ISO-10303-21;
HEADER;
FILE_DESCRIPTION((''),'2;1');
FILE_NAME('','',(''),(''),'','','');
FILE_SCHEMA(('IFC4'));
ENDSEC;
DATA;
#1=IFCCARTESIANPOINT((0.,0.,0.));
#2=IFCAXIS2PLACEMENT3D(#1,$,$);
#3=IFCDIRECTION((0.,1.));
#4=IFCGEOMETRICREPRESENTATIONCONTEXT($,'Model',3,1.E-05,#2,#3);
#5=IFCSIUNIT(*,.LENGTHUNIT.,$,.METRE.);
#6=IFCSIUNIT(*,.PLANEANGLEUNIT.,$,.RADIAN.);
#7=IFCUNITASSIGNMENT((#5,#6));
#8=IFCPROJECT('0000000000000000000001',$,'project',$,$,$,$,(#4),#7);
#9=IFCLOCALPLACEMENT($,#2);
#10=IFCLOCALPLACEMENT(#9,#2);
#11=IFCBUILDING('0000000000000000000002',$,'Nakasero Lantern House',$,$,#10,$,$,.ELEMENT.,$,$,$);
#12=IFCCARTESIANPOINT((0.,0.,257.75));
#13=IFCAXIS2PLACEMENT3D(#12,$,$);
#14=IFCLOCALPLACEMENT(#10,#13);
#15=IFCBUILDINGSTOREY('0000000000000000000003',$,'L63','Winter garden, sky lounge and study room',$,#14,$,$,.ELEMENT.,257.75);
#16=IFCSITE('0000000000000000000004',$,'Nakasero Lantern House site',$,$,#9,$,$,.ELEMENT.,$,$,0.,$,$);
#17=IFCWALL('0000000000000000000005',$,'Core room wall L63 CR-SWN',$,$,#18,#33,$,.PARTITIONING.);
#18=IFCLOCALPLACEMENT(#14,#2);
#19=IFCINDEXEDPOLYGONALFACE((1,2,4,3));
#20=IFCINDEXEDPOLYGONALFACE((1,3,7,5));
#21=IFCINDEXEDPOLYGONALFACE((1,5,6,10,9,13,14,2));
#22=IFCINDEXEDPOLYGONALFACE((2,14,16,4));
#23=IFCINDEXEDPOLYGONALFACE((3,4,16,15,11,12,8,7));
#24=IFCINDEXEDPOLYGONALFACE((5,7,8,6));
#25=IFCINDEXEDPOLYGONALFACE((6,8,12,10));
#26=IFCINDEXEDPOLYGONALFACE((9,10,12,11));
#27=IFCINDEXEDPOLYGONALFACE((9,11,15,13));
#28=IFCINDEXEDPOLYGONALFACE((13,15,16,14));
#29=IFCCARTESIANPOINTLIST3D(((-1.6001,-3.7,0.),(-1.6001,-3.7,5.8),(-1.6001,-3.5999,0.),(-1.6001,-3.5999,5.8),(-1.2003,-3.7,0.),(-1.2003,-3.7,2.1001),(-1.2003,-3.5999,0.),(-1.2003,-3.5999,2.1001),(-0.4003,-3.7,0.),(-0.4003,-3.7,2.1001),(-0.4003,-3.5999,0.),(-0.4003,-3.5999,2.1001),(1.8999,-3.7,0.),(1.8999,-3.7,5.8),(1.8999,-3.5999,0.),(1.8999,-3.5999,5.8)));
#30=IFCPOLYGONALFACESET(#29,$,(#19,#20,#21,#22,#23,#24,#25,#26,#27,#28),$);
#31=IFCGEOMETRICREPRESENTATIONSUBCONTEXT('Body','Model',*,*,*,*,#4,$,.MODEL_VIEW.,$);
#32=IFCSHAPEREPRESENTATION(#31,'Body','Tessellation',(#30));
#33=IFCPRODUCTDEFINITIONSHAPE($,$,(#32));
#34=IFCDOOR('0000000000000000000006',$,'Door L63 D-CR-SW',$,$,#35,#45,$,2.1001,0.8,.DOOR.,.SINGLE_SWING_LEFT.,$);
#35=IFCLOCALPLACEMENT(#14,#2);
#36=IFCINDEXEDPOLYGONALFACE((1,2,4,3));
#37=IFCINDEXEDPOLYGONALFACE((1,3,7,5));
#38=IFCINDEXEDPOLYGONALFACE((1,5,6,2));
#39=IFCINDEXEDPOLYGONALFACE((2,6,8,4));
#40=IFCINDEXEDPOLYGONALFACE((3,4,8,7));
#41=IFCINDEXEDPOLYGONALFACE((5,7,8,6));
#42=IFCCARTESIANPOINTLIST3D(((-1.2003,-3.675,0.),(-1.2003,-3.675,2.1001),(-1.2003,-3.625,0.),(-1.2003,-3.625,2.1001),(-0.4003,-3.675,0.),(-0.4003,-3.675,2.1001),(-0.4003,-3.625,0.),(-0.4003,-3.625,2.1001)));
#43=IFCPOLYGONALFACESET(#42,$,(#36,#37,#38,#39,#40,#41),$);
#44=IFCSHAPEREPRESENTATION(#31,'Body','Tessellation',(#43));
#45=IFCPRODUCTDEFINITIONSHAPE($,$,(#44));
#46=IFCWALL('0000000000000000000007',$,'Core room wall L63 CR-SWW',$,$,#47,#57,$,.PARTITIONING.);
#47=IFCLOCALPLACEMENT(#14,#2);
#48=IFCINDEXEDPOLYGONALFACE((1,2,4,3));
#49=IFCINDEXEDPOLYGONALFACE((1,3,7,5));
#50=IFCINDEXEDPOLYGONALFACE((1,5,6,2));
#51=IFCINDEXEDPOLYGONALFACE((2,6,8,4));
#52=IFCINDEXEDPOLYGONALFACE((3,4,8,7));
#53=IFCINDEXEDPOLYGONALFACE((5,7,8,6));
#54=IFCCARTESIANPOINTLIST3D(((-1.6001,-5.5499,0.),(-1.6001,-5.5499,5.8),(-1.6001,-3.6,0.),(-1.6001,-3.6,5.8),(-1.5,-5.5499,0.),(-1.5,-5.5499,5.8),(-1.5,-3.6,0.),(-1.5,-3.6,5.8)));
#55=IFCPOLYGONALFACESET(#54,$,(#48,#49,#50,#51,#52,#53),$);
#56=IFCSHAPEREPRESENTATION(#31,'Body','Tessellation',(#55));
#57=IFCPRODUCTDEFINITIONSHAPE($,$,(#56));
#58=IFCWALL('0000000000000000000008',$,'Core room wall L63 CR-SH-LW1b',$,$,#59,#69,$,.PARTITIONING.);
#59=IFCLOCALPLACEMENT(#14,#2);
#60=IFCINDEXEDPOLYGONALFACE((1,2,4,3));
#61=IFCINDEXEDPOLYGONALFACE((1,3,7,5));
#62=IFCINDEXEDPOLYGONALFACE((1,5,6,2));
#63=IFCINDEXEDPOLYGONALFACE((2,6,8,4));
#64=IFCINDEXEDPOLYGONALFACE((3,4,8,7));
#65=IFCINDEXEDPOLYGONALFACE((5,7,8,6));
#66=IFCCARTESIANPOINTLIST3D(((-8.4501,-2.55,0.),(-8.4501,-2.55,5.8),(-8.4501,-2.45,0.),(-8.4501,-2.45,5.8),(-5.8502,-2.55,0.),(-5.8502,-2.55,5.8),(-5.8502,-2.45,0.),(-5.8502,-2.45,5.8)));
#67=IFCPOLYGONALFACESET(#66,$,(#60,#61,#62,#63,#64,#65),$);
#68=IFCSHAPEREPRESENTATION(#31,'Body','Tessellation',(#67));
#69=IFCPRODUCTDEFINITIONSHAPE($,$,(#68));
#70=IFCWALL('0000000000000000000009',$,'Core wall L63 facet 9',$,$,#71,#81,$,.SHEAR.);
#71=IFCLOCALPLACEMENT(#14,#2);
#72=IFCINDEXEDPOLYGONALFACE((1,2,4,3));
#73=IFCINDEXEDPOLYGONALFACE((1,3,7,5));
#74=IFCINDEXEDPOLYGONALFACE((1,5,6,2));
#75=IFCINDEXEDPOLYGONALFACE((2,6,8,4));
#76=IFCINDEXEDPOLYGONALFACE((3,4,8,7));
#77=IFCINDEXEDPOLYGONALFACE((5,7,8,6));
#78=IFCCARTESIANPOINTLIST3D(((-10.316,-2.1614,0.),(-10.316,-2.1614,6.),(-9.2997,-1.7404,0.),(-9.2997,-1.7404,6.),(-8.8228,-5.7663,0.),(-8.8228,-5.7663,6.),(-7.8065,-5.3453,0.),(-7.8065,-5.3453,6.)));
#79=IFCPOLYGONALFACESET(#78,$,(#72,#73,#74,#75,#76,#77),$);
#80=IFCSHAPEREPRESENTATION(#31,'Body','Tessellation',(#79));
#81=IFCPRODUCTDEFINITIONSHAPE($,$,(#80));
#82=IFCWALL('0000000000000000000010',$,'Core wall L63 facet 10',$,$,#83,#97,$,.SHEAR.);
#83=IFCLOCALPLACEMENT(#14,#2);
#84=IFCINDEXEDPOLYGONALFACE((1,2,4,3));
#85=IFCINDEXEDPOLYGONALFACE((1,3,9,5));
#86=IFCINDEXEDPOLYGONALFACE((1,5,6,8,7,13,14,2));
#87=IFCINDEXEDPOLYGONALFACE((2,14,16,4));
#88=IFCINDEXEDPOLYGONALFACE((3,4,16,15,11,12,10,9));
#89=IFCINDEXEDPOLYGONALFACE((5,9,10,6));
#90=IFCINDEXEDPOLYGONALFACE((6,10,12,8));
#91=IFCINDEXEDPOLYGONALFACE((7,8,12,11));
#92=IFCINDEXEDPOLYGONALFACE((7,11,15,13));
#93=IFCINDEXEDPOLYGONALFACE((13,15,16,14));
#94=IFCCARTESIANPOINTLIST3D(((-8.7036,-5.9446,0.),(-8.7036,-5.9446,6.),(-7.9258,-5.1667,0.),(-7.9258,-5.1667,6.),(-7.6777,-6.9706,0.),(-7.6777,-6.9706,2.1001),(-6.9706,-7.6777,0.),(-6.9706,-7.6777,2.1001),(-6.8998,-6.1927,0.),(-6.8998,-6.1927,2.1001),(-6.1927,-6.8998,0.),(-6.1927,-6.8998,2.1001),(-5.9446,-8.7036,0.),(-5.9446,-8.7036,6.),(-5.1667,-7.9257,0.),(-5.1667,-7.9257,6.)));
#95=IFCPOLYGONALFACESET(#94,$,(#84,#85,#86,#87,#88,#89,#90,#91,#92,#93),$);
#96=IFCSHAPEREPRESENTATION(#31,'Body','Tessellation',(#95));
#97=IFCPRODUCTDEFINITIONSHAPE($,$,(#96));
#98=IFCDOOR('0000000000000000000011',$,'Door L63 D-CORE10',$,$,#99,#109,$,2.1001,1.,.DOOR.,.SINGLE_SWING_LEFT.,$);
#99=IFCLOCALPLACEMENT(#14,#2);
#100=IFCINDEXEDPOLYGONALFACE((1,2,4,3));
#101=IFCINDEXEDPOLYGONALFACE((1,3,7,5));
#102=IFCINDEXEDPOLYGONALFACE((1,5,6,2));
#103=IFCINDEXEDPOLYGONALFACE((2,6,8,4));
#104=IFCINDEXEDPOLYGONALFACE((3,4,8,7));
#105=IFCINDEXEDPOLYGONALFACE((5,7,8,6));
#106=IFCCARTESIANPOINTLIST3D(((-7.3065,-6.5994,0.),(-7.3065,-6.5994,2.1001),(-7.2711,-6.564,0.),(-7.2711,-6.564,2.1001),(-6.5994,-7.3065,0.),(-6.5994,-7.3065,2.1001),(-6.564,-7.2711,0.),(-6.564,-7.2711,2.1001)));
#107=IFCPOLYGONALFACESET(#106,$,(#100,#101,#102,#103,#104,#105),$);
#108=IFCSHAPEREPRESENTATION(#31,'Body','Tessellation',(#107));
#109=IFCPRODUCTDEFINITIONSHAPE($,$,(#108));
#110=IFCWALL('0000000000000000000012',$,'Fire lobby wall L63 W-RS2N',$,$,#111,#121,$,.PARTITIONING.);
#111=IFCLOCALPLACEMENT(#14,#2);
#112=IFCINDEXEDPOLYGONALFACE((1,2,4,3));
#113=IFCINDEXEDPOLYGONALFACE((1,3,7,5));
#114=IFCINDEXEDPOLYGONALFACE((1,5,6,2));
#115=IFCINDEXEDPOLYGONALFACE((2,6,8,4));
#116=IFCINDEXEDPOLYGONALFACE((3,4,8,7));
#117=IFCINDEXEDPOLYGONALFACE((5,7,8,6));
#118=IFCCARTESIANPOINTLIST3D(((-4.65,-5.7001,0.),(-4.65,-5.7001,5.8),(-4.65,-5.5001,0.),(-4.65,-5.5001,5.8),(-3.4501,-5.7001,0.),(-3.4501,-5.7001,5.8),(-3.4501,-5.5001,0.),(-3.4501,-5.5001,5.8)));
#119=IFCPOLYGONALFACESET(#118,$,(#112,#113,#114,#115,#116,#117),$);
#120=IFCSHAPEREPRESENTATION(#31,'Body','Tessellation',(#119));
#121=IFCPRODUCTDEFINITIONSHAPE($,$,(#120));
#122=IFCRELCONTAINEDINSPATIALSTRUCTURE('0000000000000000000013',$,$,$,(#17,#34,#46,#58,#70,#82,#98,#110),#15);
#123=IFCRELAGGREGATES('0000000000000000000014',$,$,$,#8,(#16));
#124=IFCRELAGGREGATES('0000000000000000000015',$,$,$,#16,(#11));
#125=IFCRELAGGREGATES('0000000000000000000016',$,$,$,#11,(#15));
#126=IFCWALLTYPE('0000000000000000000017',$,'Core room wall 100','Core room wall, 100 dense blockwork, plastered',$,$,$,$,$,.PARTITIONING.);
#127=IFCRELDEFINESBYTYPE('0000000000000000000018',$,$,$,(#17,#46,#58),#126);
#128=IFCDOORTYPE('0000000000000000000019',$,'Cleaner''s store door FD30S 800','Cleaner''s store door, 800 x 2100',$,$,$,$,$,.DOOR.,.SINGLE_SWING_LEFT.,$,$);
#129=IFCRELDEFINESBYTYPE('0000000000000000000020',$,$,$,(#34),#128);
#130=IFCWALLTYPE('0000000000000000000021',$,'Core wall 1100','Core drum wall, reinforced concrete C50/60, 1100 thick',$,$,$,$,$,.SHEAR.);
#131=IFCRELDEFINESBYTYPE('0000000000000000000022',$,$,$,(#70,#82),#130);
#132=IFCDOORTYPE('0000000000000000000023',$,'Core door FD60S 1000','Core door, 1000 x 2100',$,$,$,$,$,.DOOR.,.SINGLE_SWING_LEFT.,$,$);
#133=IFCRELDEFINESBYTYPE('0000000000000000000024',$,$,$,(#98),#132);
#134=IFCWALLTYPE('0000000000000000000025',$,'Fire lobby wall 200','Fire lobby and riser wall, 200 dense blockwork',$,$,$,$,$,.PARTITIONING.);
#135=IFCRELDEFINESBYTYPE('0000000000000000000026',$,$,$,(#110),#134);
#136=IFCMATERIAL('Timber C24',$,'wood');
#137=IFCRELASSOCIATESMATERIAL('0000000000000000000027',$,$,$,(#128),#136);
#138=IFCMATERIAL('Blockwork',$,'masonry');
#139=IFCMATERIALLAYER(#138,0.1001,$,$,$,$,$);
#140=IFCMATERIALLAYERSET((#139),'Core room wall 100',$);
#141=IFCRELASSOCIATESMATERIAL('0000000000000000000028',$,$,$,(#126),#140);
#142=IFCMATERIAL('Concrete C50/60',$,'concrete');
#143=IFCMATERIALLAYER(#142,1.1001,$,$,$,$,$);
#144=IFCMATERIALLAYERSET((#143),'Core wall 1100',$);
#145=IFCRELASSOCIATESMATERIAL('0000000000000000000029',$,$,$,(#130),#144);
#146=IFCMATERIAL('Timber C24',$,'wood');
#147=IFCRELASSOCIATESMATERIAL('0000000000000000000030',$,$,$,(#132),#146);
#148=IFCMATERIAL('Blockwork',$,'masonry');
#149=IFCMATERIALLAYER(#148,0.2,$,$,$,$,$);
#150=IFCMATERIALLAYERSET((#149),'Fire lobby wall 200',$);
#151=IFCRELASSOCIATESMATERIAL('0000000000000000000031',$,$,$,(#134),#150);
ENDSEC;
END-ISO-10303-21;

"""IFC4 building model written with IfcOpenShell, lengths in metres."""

from ifc_helpers import new_model, si_unit, direction, frame, frame_2d, origin, place, context, subcontext, project, spatial, rectangle, extrude, material, layer, layer_set, type_object, element, fill, save


model = new_model("IFC4")

# Units and contexts
model_context = context("Model", 3, precision=1e-05, world=origin(), true_north=direction((0.0, 1.0)))
body_context = subcontext(model_context, "Body", "Model", "MODEL_VIEW")
ifc_project = project(units=[si_unit("LENGTHUNIT", "METRE"), si_unit("PLANEANGLEUNIT", "RADIAN")], contexts=[model_context])

# Site, building, storey
site_placement = place(None, origin())
site = spatial("IfcSite", under=ifc_project, at=site_placement, Name="Nakasero Lantern House site", CompositionType="ELEMENT", RefElevation=0.0)
building_placement = place(site_placement, origin())
building = spatial("IfcBuilding", under=site, at=building_placement, Name="Nakasero Lantern House", CompositionType="ELEMENT")
storey_placement = place(building_placement, frame((0.0, 0.0, 257.75)))
storey = spatial("IfcBuildingStorey", under=building, at=storey_placement, Name="L63", Description="Winter garden, sky lounge and study room", CompositionType="ELEMENT", Elevation=257.75)

# Shared definitions
ifc_material_1 = material(Name="Timber C24", Category="wood")
door_type_1 = type_object("IfcDoorType", Name="Cleaner's store door FD30S 800", Description="Cleaner's store door, 800 x 2100", OperationType="SINGLE_SWING_LEFT", PredefinedType="DOOR", material=ifc_material_1)

# Wall, opening, door
ifc_material_2 = material(Name="Blockwork", Category="masonry")
ifc_layer_1 = layer(ifc_material_2, 0.1001)
ifc_layer_set_1 = layer_set([ifc_layer_1], Name="Core room wall 100")
wall_type_1 = type_object("IfcWallType", Name="Core room wall 100", Description="Core room wall, 100 dense blockwork, plastered", PredefinedType="PARTITIONING", material=ifc_layer_set_1)
wall_1_placement = place(storey_placement, frame((-1.6001, -3.6499, 0.0), z_axis=(0.0, 0.0, 1.0), x_axis=(1.0, 0.0, 0.0)))
wall_1 = element("IfcWall", 1, at=wall_1_placement, inside=storey, type_object=wall_type_1, Name="Core room wall L63 CR-SWN", PredefinedType="PARTITIONING", context=body_context, shape_type="SweptSolid", body=[
    extrude(rectangle(XDim=3.5, YDim=0.1001, at=frame_2d((1.75, 0.0))), origin(), (0.0, 0.0, 1.0), 5.8),
])
opening_1_placement = place(wall_1_placement, frame((0.3999, 0.0, 0.0)))
opening_1 = element("IfcOpeningElement", 2, at=opening_1_placement, cuts=wall_1, PredefinedType="OPENING", context=body_context, shape_type="SweptSolid", body=[
    extrude(rectangle(XDim=0.8, YDim=2.1001, at=frame_2d((0.3999, 1.05))), frame((0.0, 0.0701, 0.0), z_axis=(0.0, -1.0, 0.0), x_axis=(1.0, 0.0, 0.0)), (0.0, 0.0, 1.0), 0.1401),
])
door_1_placement = place(opening_1_placement, origin())
door_1 = element("IfcDoor", 3, at=door_1_placement, inside=storey, type_object=door_type_1, Name="Door L63 D-CR-SW", OperationType="SINGLE_SWING_LEFT", OverallHeight=2.1001, OverallWidth=0.8, PredefinedType="DOOR", context=body_context, shape_type="SweptSolid", body=[
    extrude(rectangle(XDim=0.8, YDim=2.1001, at=frame_2d((0.3999, 1.05))), frame((0.0, 0.0249, 0.0), z_axis=(0.0, -1.0, 0.0), x_axis=(1.0, 0.0, 0.0)), (0.0, 0.0, 1.0), 0.05),
])
fill(opening_1, door_1)

# Walls
wall_2_placement = place(storey_placement, frame((-1.55, -5.55, 0.0), z_axis=(0.0, 0.0, 1.0), x_axis=(0.0, 1.0, 0.0)))
element("IfcWall", 4, at=wall_2_placement, inside=storey, type_object=wall_type_1, Name="Core room wall L63 CR-SWW", PredefinedType="PARTITIONING", context=body_context, shape_type="SweptSolid", body=[
    extrude(rectangle(XDim=1.95, YDim=0.1001, at=frame_2d((0.9751, 0.0))), origin(), (0.0, 0.0, 1.0), 5.8),
])
wall_3_placement = place(storey_placement, frame((-8.45, -2.5, 0.0), z_axis=(0.0, 0.0, 1.0), x_axis=(1.0, 0.0, 0.0)))
element("IfcWall", 5, at=wall_3_placement, inside=storey, type_object=wall_type_1, Name="Core room wall L63 CR-SH-LW1b", PredefinedType="PARTITIONING", context=body_context, shape_type="SweptSolid", body=[
    extrude(rectangle(XDim=2.5999, YDim=0.1001, at=frame_2d((1.2998, 0.0))), origin(), (0.0, 0.0, 1.0), 5.8),
])
ifc_material_3 = material(Name="Concrete C50/60", Category="concrete")
ifc_layer_2 = layer(ifc_material_3, 1.1001)
ifc_layer_set_2 = layer_set([ifc_layer_2], Name="Core wall 1100")
wall_type_2 = type_object("IfcWallType", Name="Core wall 1100", Description="Core drum wall, reinforced concrete C50/60, 1100 thick", PredefinedType="SHEAR", material=ifc_layer_set_2)
wall_4_placement = place(storey_placement, frame((-9.8079, -1.9509, 0.0), z_axis=(0.0, 0.0, 1.0), x_axis=(0.382691, -0.923877, 0.0)))
element("IfcWall", 6, at=wall_4_placement, inside=storey, type_object=wall_type_2, Name="Core wall L63 facet 9", PredefinedType="SHEAR", context=body_context, shape_type="SweptSolid", body=[
    extrude(rectangle(XDim=3.9019, YDim=1.1001, at=frame_2d((1.9509, 0.0))), origin(), (0.0, 0.0, 1.0), 6.0),
])

# Wall, opening, door
wall_5_placement = place(storey_placement, frame((-8.3147, -5.5557, 0.0), z_axis=(0.0, 0.0, 1.0), x_axis=(0.707107, -0.707107, 0.0)))
wall_5 = element("IfcWall", 7, at=wall_5_placement, inside=storey, type_object=wall_type_2, Name="Core wall L63 facet 10", PredefinedType="SHEAR", context=body_context, shape_type="SweptSolid", body=[
    extrude(rectangle(XDim=3.9019, YDim=1.1001, at=frame_2d((1.9509, 0.0))), origin(), (0.0, 0.0, 1.0), 6.0),
])
opening_2_placement = place(wall_5_placement, frame((1.4509, 0.0, 0.0)))
opening_2 = element("IfcOpeningElement", 8, at=opening_2_placement, cuts=wall_5, PredefinedType="OPENING", context=body_context, shape_type="SweptSolid", body=[
    extrude(rectangle(XDim=1.0, YDim=2.1001, at=frame_2d((0.5, 1.05))), frame((0.0, 0.5701, 0.0), z_axis=(0.0, -1.0, 0.0), x_axis=(1.0, 0.0, 0.0)), (0.0, 0.0, 1.0), 1.1401),
])
ifc_material_4 = material(Name="Timber C24", Category="wood")
door_type_2 = type_object("IfcDoorType", Name="Core door FD60S 1000", Description="Core door, 1000 x 2100", OperationType="SINGLE_SWING_LEFT", PredefinedType="DOOR", material=ifc_material_4)
door_2_placement = place(opening_2_placement, origin())
door_2 = element("IfcDoor", 9, at=door_2_placement, inside=storey, type_object=door_type_2, Name="Door L63 D-CORE10", OperationType="SINGLE_SWING_LEFT", OverallHeight=2.1001, OverallWidth=1.0, PredefinedType="DOOR", context=body_context, shape_type="SweptSolid", body=[
    extrude(rectangle(XDim=1.0, YDim=2.1001, at=frame_2d((0.5, 1.05))), frame((0.0, 0.0249, 0.0), z_axis=(0.0, -1.0, 0.0), x_axis=(1.0, 0.0, 0.0)), (0.0, 0.0, 1.0), 0.05),
])
fill(opening_2, door_2)

# Wall
ifc_material_5 = material(Name="Blockwork", Category="masonry")
ifc_layer_3 = layer(ifc_material_5, 0.2)
ifc_layer_set_3 = layer_set([ifc_layer_3], Name="Fire lobby wall 200")
wall_type_3 = type_object("IfcWallType", Name="Fire lobby wall 200", Description="Fire lobby and riser wall, 200 dense blockwork", PredefinedType="PARTITIONING", material=ifc_layer_set_3)
wall_6_placement = place(storey_placement, frame((-3.45, -5.6001, 0.0), z_axis=(0.0, 0.0, 1.0), x_axis=(-1.0, 0.0, 0.0)))
element("IfcWall", 10, at=wall_6_placement, inside=storey, type_object=wall_type_3, Name="Fire lobby wall L63 W-RS2N", PredefinedType="PARTITIONING", context=body_context, shape_type="SweptSolid", body=[
    extrude(rectangle(XDim=1.2, YDim=0.2, at=frame_2d((0.6001, 0.0))), origin(), (0.0, 0.0, 1.0), 5.8),
])

save(model, "model.ifc")
